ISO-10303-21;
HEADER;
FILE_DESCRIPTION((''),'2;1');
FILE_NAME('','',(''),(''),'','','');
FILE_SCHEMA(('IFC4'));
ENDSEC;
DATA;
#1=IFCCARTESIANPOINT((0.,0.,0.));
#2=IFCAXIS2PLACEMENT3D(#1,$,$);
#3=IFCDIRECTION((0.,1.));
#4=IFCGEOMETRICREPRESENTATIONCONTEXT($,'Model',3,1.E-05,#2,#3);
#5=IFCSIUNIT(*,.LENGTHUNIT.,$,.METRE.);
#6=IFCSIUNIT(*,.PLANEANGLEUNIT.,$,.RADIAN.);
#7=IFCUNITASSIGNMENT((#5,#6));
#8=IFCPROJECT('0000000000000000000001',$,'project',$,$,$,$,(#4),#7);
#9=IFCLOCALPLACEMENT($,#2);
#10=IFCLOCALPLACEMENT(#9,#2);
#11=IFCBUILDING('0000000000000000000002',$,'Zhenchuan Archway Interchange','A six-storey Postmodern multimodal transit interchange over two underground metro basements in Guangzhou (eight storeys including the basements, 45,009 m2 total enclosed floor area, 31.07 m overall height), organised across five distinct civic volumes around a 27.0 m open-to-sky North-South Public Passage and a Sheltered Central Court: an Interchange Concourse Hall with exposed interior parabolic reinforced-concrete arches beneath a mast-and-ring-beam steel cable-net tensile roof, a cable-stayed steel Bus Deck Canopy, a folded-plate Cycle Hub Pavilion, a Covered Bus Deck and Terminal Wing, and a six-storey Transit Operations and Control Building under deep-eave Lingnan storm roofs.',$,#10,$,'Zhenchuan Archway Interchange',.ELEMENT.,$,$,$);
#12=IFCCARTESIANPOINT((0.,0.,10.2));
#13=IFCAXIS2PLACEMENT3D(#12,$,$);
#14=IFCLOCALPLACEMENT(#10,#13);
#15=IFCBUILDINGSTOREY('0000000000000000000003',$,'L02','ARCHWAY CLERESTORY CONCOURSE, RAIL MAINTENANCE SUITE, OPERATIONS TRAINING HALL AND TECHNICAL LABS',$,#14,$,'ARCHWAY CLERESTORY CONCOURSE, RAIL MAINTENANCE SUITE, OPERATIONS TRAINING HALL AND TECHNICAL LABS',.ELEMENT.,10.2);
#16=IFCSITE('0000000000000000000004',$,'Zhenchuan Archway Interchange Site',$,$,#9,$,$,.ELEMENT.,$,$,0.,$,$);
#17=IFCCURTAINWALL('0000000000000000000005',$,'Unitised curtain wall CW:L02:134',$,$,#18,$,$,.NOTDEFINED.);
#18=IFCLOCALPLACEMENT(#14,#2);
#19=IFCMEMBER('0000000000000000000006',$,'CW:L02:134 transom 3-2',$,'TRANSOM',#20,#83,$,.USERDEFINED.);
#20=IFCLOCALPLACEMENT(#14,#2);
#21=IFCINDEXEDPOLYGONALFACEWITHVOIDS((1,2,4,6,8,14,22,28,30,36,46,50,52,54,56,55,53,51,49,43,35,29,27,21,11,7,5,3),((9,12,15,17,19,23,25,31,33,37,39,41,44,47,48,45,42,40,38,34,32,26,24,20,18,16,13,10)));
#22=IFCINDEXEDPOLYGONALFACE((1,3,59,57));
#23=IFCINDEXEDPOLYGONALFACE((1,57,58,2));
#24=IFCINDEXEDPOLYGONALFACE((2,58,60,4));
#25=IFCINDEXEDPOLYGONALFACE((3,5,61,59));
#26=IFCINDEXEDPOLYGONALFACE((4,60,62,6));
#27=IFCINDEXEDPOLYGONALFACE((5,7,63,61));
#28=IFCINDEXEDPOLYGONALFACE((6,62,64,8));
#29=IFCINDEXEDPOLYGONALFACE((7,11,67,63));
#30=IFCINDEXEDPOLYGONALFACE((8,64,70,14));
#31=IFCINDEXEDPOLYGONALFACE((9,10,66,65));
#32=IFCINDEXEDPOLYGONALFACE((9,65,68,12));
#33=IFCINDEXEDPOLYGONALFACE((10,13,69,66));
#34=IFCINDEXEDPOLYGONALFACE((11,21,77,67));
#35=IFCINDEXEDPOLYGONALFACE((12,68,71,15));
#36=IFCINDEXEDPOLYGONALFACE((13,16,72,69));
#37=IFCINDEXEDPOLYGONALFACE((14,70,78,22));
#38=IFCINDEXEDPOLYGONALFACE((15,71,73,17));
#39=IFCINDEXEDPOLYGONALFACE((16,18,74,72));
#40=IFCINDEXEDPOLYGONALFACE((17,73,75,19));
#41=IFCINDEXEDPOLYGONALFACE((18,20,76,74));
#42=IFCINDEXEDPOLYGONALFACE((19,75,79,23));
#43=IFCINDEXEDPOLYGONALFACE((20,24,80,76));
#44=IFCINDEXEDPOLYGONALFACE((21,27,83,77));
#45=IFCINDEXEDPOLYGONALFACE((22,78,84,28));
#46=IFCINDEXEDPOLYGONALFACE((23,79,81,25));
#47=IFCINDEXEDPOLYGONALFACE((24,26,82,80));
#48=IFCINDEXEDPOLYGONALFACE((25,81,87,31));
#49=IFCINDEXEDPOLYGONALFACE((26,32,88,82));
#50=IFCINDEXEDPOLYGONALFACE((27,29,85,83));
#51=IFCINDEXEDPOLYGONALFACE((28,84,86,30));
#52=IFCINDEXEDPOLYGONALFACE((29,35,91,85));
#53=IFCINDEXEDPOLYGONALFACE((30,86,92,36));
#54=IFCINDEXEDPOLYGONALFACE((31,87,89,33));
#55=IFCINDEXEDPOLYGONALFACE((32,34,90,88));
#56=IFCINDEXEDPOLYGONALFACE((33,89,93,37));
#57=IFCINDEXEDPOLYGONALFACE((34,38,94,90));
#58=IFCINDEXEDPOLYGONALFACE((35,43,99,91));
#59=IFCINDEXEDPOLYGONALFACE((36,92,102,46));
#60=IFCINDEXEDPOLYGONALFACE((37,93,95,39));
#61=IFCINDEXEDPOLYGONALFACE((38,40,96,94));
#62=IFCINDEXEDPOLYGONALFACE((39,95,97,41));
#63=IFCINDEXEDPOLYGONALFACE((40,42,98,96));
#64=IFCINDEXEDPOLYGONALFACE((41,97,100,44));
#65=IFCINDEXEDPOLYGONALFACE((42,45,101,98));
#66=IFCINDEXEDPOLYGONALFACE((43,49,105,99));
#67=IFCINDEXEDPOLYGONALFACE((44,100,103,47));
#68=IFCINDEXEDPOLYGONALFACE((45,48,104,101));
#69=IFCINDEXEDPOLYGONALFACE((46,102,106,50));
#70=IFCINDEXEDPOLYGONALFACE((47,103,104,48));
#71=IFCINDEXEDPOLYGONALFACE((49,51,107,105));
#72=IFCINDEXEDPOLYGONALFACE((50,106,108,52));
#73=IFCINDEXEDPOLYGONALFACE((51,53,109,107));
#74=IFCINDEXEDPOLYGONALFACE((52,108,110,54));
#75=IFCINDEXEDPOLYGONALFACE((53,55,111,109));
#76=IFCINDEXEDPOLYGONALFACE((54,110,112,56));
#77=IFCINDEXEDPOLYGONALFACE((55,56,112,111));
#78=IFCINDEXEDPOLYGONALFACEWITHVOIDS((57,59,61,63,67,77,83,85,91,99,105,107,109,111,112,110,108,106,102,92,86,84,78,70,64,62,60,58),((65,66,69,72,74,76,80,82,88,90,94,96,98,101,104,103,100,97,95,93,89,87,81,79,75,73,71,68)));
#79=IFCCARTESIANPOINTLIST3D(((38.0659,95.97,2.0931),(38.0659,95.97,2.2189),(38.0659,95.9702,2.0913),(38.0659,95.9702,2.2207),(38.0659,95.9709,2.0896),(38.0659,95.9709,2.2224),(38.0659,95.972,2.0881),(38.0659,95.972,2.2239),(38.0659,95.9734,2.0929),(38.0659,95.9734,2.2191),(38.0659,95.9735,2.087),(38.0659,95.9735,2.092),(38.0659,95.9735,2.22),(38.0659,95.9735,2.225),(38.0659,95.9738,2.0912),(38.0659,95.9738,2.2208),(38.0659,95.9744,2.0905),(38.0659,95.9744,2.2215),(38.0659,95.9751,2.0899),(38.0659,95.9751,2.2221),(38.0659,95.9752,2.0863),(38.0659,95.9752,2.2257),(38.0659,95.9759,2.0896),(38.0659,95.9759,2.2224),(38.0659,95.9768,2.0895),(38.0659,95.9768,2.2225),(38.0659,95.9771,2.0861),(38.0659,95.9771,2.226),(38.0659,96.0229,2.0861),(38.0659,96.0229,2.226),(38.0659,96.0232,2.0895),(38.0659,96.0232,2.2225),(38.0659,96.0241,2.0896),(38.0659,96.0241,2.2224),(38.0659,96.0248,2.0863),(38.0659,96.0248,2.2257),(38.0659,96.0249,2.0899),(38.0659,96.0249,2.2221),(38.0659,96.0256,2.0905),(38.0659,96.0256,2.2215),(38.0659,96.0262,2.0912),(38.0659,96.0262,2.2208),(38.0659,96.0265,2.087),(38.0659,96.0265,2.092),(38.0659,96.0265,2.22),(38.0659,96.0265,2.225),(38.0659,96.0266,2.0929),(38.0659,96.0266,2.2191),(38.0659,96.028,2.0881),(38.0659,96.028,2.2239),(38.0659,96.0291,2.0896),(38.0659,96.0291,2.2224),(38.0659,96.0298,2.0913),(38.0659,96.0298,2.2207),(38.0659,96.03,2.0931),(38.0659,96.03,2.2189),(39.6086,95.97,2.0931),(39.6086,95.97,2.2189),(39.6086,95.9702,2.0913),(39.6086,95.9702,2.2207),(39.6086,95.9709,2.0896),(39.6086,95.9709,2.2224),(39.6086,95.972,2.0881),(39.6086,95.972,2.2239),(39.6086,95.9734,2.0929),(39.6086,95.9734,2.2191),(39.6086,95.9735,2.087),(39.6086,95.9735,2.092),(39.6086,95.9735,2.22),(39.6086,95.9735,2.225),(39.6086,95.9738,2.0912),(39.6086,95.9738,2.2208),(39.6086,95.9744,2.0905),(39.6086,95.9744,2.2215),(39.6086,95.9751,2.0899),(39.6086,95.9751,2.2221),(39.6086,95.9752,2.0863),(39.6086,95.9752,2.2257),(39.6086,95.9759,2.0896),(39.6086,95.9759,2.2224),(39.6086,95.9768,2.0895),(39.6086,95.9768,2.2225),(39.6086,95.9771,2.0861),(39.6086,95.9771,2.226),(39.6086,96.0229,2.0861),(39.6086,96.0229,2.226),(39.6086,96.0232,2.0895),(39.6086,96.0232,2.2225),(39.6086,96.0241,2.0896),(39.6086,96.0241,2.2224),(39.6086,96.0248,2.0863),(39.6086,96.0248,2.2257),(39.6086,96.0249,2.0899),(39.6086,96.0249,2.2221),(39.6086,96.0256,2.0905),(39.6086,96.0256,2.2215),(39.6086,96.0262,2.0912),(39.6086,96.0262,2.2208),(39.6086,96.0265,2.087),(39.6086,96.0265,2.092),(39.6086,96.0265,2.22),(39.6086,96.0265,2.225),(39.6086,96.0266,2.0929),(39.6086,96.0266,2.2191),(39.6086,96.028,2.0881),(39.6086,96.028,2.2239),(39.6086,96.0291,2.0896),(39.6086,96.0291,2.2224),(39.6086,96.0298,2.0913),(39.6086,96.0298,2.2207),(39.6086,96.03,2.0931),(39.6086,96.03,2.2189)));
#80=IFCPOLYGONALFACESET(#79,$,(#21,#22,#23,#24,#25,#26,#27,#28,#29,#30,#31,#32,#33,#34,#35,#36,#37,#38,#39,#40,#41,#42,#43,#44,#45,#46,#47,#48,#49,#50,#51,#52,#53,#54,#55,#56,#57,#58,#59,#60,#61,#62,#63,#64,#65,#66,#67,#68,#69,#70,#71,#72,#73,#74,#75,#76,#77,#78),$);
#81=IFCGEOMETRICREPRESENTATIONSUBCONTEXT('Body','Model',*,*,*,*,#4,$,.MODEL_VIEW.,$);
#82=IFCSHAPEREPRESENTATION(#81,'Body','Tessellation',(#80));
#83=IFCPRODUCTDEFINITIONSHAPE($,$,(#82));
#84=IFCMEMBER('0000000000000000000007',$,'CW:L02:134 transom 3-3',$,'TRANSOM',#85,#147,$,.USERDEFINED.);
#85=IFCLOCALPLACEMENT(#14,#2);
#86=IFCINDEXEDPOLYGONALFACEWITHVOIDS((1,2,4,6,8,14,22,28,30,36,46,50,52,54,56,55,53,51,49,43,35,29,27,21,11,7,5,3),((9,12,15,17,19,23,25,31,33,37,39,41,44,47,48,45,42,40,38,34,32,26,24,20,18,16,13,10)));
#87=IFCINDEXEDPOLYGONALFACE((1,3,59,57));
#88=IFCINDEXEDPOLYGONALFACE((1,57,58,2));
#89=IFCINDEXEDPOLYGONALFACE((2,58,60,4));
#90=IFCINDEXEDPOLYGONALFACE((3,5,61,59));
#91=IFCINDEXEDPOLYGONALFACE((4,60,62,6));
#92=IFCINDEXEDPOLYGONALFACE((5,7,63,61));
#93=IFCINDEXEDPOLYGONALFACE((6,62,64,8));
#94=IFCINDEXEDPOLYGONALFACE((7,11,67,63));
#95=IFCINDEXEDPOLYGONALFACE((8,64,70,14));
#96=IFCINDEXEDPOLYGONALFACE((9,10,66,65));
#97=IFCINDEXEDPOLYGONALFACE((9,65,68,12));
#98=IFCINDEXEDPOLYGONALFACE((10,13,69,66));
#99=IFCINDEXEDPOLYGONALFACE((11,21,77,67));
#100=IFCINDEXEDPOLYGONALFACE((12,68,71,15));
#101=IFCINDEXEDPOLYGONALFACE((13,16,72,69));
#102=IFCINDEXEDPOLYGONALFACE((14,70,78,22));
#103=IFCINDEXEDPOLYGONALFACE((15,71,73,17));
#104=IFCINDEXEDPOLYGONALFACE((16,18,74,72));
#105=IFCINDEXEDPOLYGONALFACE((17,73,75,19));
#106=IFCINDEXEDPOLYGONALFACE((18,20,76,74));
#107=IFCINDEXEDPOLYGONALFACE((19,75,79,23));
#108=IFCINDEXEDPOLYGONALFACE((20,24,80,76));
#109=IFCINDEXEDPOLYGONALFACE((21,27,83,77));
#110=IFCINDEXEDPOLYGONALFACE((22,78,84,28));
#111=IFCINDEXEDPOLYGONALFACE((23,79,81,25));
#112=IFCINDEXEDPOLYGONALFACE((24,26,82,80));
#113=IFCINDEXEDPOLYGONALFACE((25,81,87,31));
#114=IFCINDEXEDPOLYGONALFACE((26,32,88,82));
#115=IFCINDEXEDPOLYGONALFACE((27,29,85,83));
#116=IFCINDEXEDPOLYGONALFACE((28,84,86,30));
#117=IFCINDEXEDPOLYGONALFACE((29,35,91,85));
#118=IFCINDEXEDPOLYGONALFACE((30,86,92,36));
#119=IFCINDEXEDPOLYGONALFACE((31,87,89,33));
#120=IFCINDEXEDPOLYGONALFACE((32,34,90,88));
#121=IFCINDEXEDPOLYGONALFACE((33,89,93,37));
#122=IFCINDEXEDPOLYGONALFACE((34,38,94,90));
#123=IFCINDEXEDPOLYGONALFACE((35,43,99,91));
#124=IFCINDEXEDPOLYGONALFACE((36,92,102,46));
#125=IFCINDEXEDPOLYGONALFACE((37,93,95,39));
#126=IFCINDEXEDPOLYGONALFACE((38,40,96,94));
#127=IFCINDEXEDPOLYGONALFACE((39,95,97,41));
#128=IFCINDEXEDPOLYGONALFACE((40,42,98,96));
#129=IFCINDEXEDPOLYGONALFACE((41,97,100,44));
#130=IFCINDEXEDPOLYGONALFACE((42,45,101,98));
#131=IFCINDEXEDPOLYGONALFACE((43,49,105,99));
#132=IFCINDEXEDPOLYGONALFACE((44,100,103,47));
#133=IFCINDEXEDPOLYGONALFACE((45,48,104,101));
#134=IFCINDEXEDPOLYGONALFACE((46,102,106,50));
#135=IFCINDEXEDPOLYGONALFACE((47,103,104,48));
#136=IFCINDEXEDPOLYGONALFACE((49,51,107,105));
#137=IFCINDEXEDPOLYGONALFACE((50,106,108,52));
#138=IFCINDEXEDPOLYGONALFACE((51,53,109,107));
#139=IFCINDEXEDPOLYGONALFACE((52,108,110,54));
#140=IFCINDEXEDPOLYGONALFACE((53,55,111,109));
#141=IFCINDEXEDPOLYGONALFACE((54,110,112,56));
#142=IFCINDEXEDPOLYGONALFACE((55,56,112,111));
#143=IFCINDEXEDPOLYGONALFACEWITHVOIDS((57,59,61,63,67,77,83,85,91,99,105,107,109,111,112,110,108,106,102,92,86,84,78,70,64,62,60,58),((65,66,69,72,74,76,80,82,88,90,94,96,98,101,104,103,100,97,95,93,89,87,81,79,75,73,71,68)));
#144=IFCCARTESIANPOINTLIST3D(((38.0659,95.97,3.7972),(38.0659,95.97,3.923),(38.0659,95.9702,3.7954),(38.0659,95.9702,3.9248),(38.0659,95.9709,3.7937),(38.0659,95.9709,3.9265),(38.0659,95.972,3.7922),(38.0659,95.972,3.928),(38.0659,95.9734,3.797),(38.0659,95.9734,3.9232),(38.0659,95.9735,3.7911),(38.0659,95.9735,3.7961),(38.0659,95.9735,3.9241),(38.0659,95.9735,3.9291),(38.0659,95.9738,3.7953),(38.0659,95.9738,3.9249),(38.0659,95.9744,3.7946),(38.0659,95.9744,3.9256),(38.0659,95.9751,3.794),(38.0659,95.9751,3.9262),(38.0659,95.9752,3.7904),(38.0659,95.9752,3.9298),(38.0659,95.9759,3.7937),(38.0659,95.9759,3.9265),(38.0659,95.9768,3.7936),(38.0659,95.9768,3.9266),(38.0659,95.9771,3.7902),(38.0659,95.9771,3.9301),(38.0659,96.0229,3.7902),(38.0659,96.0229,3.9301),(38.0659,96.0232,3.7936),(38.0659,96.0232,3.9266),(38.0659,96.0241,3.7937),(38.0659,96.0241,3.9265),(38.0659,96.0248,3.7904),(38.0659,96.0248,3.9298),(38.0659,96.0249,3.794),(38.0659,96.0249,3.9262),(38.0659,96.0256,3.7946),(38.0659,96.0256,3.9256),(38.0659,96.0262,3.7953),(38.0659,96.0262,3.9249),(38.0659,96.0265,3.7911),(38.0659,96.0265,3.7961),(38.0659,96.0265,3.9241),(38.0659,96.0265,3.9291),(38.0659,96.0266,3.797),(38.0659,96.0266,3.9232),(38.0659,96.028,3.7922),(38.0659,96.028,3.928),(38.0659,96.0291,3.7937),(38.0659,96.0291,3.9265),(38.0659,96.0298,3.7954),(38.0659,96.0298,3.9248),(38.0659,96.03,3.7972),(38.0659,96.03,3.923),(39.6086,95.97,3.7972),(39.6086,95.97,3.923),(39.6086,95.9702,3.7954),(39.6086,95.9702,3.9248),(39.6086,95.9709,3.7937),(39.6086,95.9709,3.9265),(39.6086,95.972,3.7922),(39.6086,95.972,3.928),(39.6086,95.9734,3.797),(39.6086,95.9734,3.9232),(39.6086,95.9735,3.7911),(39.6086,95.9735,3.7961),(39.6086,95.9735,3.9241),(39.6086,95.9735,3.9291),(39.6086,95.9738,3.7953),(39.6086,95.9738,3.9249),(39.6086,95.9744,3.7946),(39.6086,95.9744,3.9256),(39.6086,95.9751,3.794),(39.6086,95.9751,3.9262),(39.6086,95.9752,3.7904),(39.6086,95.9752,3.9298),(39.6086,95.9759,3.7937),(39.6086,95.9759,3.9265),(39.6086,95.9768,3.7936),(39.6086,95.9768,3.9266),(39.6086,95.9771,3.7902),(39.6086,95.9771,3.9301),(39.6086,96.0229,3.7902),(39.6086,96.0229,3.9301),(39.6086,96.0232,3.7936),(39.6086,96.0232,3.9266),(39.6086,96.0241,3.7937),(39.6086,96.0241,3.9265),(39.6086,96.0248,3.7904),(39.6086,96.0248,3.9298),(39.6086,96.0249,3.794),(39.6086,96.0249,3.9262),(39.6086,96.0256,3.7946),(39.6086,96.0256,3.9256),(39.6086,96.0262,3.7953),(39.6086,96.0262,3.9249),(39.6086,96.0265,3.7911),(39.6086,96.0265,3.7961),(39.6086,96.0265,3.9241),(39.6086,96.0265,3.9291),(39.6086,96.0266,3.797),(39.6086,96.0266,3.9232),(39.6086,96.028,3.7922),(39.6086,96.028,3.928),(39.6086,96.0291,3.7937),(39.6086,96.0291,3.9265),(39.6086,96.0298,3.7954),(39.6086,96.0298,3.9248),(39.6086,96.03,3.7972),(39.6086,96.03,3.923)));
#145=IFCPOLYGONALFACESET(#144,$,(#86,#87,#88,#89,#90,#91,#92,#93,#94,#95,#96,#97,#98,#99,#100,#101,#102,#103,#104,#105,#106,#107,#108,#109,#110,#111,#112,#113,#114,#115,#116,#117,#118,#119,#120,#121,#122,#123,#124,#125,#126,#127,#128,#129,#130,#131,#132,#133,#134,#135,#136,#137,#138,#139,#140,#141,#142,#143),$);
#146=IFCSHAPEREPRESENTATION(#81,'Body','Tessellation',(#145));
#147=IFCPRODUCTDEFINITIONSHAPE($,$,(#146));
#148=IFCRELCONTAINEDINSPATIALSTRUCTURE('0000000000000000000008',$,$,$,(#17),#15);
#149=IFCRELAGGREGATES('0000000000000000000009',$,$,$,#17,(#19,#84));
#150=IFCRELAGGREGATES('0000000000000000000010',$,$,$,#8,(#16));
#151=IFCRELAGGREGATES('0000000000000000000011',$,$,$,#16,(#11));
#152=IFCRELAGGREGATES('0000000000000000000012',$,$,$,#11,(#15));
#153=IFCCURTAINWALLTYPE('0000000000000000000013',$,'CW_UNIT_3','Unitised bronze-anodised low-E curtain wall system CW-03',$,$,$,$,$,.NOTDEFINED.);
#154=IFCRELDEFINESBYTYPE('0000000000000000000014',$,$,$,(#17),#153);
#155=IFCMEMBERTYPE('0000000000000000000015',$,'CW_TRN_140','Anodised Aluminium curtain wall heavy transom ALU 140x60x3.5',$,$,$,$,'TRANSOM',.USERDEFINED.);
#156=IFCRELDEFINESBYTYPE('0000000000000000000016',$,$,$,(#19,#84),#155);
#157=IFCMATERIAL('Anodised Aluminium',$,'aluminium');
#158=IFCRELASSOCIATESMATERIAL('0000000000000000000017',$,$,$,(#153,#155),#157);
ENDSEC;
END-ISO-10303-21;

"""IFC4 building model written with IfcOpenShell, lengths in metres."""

from ifc_helpers import new_model, si_unit, direction, frame, origin, origin_2d, place, context, subcontext, project, spatial, hollow_rectangle, extrude, material, material_profile, profile_set, type_object, element, aggregate, save


model = new_model("IFC4")

# Units and contexts
model_context = context("Model", 3, precision=1e-05, world=origin(), true_north=direction((0.0, 1.0)))
body_context = subcontext(model_context, "Body", "Model", "MODEL_VIEW")
ifc_project = project(units=[si_unit("LENGTHUNIT", "METRE"), si_unit("PLANEANGLEUNIT", "RADIAN")], contexts=[model_context])

# Site, building, storey
site_placement = place(None, origin())
site = spatial("IfcSite", under=ifc_project, at=site_placement, Name="Zhenchuan Archway Interchange Site", CompositionType="ELEMENT", RefElevation=0.0)
building_placement = place(site_placement, origin())
building = spatial("IfcBuilding", under=site, at=building_placement, Name="Zhenchuan Archway Interchange", Description="A six-storey Postmodern multimodal transit interchange over two underground metro basements in Guangzhou (eight storeys including the basements, 45,009 m2 total enclosed floor area, 31.07 m overall height), organised across five distinct civic volumes around a 27.0 m open-to-sky North-South Public Passage and a Sheltered Central Court: an Interchange Concourse Hall with exposed interior parabolic reinforced-concrete arches beneath a mast-and-ring-beam steel cable-net tensile roof, a cable-stayed steel Bus Deck Canopy, a folded-plate Cycle Hub Pavilion, a Covered Bus Deck and Terminal Wing, and a six-storey Transit Operations and Control Building under deep-eave Lingnan storm roofs.", LongName="Zhenchuan Archway Interchange", CompositionType="ELEMENT")
storey_placement = place(building_placement, frame((0.0, 0.0, 10.2)))
storey = spatial("IfcBuildingStorey", under=building, at=storey_placement, Name="L02", Description="ARCHWAY CLERESTORY CONCOURSE, RAIL MAINTENANCE SUITE, OPERATIONS TRAINING HALL AND TECHNICAL LABS", LongName="ARCHWAY CLERESTORY CONCOURSE, RAIL MAINTENANCE SUITE, OPERATIONS TRAINING HALL AND TECHNICAL LABS", CompositionType="ELEMENT", Elevation=10.2)

# Curtain wall, members
ifc_material_1 = material(Name="Anodised Aluminium", Category="aluminium")
curtain_wall_type = type_object("IfcCurtainWallType", Name="CW_UNIT_3", Description="Unitised bronze-anodised low-E curtain wall system CW-03", PredefinedType="NOTDEFINED", material=ifc_material_1)
curtain_wall_placement = place(storey_placement, origin())
curtain_wall = element("IfcCurtainWall", 1, at=curtain_wall_placement, inside=storey, type_object=curtain_wall_type, Name="Unitised curtain wall CW:L02:134", PredefinedType="NOTDEFINED")
ifc_material_profile_1 = material_profile(ifc_material_1, hollow_rectangle(XDim=0.0601, YDim=0.1399, WallThickness=0.0034, InnerFilletRadius=0.0034, OuterFilletRadius=0.0071, at=origin_2d()), Name="ALU 140x60x3.5")
ifc_profile_set_1 = profile_set([ifc_material_profile_1], Name="Anodised Aluminium")
member_type_1 = type_object("IfcMemberType", Name="CW_TRN_140", Description="Anodised Aluminium curtain wall heavy transom ALU 140x60x3.5", ElementType="TRANSOM", PredefinedType="USERDEFINED", material=ifc_profile_set_1)
member_1_placement = place(storey_placement, frame((39.6086, 96.0, 2.156), z_axis=(-1.0, 0.0, 0.0), x_axis=(0.0, -1.0, 0.0)))
member_1 = element("IfcMember", 2, at=member_1_placement, type_object=member_type_1, Name="CW:L02:134 transom 3-2", ObjectType="TRANSOM", PredefinedType="USERDEFINED", context=body_context, shape_type="SweptSolid", body=[
    extrude(hollow_rectangle(XDim=0.0601, YDim=0.1399, WallThickness=0.0034, InnerFilletRadius=0.0034, OuterFilletRadius=0.0071, at=origin_2d()), origin(), (0.0, 0.0, 1.0), 1.5427),
])
member_2_placement = place(storey_placement, frame((39.6086, 96.0, 3.8601), z_axis=(-1.0, 0.0, 0.0), x_axis=(0.0, -1.0, 0.0)))
member_2 = element("IfcMember", 3, at=member_2_placement, type_object=member_type_1, Name="CW:L02:134 transom 3-3", ObjectType="TRANSOM", PredefinedType="USERDEFINED", context=body_context, shape_type="SweptSolid", body=[
    extrude(hollow_rectangle(XDim=0.0601, YDim=0.1399, WallThickness=0.0034, InnerFilletRadius=0.0034, OuterFilletRadius=0.0071, at=origin_2d()), origin(), (0.0, 0.0, 1.0), 1.5427),
])

aggregate(curtain_wall, [member_1, member_2])

save(model, "model.ifc")
